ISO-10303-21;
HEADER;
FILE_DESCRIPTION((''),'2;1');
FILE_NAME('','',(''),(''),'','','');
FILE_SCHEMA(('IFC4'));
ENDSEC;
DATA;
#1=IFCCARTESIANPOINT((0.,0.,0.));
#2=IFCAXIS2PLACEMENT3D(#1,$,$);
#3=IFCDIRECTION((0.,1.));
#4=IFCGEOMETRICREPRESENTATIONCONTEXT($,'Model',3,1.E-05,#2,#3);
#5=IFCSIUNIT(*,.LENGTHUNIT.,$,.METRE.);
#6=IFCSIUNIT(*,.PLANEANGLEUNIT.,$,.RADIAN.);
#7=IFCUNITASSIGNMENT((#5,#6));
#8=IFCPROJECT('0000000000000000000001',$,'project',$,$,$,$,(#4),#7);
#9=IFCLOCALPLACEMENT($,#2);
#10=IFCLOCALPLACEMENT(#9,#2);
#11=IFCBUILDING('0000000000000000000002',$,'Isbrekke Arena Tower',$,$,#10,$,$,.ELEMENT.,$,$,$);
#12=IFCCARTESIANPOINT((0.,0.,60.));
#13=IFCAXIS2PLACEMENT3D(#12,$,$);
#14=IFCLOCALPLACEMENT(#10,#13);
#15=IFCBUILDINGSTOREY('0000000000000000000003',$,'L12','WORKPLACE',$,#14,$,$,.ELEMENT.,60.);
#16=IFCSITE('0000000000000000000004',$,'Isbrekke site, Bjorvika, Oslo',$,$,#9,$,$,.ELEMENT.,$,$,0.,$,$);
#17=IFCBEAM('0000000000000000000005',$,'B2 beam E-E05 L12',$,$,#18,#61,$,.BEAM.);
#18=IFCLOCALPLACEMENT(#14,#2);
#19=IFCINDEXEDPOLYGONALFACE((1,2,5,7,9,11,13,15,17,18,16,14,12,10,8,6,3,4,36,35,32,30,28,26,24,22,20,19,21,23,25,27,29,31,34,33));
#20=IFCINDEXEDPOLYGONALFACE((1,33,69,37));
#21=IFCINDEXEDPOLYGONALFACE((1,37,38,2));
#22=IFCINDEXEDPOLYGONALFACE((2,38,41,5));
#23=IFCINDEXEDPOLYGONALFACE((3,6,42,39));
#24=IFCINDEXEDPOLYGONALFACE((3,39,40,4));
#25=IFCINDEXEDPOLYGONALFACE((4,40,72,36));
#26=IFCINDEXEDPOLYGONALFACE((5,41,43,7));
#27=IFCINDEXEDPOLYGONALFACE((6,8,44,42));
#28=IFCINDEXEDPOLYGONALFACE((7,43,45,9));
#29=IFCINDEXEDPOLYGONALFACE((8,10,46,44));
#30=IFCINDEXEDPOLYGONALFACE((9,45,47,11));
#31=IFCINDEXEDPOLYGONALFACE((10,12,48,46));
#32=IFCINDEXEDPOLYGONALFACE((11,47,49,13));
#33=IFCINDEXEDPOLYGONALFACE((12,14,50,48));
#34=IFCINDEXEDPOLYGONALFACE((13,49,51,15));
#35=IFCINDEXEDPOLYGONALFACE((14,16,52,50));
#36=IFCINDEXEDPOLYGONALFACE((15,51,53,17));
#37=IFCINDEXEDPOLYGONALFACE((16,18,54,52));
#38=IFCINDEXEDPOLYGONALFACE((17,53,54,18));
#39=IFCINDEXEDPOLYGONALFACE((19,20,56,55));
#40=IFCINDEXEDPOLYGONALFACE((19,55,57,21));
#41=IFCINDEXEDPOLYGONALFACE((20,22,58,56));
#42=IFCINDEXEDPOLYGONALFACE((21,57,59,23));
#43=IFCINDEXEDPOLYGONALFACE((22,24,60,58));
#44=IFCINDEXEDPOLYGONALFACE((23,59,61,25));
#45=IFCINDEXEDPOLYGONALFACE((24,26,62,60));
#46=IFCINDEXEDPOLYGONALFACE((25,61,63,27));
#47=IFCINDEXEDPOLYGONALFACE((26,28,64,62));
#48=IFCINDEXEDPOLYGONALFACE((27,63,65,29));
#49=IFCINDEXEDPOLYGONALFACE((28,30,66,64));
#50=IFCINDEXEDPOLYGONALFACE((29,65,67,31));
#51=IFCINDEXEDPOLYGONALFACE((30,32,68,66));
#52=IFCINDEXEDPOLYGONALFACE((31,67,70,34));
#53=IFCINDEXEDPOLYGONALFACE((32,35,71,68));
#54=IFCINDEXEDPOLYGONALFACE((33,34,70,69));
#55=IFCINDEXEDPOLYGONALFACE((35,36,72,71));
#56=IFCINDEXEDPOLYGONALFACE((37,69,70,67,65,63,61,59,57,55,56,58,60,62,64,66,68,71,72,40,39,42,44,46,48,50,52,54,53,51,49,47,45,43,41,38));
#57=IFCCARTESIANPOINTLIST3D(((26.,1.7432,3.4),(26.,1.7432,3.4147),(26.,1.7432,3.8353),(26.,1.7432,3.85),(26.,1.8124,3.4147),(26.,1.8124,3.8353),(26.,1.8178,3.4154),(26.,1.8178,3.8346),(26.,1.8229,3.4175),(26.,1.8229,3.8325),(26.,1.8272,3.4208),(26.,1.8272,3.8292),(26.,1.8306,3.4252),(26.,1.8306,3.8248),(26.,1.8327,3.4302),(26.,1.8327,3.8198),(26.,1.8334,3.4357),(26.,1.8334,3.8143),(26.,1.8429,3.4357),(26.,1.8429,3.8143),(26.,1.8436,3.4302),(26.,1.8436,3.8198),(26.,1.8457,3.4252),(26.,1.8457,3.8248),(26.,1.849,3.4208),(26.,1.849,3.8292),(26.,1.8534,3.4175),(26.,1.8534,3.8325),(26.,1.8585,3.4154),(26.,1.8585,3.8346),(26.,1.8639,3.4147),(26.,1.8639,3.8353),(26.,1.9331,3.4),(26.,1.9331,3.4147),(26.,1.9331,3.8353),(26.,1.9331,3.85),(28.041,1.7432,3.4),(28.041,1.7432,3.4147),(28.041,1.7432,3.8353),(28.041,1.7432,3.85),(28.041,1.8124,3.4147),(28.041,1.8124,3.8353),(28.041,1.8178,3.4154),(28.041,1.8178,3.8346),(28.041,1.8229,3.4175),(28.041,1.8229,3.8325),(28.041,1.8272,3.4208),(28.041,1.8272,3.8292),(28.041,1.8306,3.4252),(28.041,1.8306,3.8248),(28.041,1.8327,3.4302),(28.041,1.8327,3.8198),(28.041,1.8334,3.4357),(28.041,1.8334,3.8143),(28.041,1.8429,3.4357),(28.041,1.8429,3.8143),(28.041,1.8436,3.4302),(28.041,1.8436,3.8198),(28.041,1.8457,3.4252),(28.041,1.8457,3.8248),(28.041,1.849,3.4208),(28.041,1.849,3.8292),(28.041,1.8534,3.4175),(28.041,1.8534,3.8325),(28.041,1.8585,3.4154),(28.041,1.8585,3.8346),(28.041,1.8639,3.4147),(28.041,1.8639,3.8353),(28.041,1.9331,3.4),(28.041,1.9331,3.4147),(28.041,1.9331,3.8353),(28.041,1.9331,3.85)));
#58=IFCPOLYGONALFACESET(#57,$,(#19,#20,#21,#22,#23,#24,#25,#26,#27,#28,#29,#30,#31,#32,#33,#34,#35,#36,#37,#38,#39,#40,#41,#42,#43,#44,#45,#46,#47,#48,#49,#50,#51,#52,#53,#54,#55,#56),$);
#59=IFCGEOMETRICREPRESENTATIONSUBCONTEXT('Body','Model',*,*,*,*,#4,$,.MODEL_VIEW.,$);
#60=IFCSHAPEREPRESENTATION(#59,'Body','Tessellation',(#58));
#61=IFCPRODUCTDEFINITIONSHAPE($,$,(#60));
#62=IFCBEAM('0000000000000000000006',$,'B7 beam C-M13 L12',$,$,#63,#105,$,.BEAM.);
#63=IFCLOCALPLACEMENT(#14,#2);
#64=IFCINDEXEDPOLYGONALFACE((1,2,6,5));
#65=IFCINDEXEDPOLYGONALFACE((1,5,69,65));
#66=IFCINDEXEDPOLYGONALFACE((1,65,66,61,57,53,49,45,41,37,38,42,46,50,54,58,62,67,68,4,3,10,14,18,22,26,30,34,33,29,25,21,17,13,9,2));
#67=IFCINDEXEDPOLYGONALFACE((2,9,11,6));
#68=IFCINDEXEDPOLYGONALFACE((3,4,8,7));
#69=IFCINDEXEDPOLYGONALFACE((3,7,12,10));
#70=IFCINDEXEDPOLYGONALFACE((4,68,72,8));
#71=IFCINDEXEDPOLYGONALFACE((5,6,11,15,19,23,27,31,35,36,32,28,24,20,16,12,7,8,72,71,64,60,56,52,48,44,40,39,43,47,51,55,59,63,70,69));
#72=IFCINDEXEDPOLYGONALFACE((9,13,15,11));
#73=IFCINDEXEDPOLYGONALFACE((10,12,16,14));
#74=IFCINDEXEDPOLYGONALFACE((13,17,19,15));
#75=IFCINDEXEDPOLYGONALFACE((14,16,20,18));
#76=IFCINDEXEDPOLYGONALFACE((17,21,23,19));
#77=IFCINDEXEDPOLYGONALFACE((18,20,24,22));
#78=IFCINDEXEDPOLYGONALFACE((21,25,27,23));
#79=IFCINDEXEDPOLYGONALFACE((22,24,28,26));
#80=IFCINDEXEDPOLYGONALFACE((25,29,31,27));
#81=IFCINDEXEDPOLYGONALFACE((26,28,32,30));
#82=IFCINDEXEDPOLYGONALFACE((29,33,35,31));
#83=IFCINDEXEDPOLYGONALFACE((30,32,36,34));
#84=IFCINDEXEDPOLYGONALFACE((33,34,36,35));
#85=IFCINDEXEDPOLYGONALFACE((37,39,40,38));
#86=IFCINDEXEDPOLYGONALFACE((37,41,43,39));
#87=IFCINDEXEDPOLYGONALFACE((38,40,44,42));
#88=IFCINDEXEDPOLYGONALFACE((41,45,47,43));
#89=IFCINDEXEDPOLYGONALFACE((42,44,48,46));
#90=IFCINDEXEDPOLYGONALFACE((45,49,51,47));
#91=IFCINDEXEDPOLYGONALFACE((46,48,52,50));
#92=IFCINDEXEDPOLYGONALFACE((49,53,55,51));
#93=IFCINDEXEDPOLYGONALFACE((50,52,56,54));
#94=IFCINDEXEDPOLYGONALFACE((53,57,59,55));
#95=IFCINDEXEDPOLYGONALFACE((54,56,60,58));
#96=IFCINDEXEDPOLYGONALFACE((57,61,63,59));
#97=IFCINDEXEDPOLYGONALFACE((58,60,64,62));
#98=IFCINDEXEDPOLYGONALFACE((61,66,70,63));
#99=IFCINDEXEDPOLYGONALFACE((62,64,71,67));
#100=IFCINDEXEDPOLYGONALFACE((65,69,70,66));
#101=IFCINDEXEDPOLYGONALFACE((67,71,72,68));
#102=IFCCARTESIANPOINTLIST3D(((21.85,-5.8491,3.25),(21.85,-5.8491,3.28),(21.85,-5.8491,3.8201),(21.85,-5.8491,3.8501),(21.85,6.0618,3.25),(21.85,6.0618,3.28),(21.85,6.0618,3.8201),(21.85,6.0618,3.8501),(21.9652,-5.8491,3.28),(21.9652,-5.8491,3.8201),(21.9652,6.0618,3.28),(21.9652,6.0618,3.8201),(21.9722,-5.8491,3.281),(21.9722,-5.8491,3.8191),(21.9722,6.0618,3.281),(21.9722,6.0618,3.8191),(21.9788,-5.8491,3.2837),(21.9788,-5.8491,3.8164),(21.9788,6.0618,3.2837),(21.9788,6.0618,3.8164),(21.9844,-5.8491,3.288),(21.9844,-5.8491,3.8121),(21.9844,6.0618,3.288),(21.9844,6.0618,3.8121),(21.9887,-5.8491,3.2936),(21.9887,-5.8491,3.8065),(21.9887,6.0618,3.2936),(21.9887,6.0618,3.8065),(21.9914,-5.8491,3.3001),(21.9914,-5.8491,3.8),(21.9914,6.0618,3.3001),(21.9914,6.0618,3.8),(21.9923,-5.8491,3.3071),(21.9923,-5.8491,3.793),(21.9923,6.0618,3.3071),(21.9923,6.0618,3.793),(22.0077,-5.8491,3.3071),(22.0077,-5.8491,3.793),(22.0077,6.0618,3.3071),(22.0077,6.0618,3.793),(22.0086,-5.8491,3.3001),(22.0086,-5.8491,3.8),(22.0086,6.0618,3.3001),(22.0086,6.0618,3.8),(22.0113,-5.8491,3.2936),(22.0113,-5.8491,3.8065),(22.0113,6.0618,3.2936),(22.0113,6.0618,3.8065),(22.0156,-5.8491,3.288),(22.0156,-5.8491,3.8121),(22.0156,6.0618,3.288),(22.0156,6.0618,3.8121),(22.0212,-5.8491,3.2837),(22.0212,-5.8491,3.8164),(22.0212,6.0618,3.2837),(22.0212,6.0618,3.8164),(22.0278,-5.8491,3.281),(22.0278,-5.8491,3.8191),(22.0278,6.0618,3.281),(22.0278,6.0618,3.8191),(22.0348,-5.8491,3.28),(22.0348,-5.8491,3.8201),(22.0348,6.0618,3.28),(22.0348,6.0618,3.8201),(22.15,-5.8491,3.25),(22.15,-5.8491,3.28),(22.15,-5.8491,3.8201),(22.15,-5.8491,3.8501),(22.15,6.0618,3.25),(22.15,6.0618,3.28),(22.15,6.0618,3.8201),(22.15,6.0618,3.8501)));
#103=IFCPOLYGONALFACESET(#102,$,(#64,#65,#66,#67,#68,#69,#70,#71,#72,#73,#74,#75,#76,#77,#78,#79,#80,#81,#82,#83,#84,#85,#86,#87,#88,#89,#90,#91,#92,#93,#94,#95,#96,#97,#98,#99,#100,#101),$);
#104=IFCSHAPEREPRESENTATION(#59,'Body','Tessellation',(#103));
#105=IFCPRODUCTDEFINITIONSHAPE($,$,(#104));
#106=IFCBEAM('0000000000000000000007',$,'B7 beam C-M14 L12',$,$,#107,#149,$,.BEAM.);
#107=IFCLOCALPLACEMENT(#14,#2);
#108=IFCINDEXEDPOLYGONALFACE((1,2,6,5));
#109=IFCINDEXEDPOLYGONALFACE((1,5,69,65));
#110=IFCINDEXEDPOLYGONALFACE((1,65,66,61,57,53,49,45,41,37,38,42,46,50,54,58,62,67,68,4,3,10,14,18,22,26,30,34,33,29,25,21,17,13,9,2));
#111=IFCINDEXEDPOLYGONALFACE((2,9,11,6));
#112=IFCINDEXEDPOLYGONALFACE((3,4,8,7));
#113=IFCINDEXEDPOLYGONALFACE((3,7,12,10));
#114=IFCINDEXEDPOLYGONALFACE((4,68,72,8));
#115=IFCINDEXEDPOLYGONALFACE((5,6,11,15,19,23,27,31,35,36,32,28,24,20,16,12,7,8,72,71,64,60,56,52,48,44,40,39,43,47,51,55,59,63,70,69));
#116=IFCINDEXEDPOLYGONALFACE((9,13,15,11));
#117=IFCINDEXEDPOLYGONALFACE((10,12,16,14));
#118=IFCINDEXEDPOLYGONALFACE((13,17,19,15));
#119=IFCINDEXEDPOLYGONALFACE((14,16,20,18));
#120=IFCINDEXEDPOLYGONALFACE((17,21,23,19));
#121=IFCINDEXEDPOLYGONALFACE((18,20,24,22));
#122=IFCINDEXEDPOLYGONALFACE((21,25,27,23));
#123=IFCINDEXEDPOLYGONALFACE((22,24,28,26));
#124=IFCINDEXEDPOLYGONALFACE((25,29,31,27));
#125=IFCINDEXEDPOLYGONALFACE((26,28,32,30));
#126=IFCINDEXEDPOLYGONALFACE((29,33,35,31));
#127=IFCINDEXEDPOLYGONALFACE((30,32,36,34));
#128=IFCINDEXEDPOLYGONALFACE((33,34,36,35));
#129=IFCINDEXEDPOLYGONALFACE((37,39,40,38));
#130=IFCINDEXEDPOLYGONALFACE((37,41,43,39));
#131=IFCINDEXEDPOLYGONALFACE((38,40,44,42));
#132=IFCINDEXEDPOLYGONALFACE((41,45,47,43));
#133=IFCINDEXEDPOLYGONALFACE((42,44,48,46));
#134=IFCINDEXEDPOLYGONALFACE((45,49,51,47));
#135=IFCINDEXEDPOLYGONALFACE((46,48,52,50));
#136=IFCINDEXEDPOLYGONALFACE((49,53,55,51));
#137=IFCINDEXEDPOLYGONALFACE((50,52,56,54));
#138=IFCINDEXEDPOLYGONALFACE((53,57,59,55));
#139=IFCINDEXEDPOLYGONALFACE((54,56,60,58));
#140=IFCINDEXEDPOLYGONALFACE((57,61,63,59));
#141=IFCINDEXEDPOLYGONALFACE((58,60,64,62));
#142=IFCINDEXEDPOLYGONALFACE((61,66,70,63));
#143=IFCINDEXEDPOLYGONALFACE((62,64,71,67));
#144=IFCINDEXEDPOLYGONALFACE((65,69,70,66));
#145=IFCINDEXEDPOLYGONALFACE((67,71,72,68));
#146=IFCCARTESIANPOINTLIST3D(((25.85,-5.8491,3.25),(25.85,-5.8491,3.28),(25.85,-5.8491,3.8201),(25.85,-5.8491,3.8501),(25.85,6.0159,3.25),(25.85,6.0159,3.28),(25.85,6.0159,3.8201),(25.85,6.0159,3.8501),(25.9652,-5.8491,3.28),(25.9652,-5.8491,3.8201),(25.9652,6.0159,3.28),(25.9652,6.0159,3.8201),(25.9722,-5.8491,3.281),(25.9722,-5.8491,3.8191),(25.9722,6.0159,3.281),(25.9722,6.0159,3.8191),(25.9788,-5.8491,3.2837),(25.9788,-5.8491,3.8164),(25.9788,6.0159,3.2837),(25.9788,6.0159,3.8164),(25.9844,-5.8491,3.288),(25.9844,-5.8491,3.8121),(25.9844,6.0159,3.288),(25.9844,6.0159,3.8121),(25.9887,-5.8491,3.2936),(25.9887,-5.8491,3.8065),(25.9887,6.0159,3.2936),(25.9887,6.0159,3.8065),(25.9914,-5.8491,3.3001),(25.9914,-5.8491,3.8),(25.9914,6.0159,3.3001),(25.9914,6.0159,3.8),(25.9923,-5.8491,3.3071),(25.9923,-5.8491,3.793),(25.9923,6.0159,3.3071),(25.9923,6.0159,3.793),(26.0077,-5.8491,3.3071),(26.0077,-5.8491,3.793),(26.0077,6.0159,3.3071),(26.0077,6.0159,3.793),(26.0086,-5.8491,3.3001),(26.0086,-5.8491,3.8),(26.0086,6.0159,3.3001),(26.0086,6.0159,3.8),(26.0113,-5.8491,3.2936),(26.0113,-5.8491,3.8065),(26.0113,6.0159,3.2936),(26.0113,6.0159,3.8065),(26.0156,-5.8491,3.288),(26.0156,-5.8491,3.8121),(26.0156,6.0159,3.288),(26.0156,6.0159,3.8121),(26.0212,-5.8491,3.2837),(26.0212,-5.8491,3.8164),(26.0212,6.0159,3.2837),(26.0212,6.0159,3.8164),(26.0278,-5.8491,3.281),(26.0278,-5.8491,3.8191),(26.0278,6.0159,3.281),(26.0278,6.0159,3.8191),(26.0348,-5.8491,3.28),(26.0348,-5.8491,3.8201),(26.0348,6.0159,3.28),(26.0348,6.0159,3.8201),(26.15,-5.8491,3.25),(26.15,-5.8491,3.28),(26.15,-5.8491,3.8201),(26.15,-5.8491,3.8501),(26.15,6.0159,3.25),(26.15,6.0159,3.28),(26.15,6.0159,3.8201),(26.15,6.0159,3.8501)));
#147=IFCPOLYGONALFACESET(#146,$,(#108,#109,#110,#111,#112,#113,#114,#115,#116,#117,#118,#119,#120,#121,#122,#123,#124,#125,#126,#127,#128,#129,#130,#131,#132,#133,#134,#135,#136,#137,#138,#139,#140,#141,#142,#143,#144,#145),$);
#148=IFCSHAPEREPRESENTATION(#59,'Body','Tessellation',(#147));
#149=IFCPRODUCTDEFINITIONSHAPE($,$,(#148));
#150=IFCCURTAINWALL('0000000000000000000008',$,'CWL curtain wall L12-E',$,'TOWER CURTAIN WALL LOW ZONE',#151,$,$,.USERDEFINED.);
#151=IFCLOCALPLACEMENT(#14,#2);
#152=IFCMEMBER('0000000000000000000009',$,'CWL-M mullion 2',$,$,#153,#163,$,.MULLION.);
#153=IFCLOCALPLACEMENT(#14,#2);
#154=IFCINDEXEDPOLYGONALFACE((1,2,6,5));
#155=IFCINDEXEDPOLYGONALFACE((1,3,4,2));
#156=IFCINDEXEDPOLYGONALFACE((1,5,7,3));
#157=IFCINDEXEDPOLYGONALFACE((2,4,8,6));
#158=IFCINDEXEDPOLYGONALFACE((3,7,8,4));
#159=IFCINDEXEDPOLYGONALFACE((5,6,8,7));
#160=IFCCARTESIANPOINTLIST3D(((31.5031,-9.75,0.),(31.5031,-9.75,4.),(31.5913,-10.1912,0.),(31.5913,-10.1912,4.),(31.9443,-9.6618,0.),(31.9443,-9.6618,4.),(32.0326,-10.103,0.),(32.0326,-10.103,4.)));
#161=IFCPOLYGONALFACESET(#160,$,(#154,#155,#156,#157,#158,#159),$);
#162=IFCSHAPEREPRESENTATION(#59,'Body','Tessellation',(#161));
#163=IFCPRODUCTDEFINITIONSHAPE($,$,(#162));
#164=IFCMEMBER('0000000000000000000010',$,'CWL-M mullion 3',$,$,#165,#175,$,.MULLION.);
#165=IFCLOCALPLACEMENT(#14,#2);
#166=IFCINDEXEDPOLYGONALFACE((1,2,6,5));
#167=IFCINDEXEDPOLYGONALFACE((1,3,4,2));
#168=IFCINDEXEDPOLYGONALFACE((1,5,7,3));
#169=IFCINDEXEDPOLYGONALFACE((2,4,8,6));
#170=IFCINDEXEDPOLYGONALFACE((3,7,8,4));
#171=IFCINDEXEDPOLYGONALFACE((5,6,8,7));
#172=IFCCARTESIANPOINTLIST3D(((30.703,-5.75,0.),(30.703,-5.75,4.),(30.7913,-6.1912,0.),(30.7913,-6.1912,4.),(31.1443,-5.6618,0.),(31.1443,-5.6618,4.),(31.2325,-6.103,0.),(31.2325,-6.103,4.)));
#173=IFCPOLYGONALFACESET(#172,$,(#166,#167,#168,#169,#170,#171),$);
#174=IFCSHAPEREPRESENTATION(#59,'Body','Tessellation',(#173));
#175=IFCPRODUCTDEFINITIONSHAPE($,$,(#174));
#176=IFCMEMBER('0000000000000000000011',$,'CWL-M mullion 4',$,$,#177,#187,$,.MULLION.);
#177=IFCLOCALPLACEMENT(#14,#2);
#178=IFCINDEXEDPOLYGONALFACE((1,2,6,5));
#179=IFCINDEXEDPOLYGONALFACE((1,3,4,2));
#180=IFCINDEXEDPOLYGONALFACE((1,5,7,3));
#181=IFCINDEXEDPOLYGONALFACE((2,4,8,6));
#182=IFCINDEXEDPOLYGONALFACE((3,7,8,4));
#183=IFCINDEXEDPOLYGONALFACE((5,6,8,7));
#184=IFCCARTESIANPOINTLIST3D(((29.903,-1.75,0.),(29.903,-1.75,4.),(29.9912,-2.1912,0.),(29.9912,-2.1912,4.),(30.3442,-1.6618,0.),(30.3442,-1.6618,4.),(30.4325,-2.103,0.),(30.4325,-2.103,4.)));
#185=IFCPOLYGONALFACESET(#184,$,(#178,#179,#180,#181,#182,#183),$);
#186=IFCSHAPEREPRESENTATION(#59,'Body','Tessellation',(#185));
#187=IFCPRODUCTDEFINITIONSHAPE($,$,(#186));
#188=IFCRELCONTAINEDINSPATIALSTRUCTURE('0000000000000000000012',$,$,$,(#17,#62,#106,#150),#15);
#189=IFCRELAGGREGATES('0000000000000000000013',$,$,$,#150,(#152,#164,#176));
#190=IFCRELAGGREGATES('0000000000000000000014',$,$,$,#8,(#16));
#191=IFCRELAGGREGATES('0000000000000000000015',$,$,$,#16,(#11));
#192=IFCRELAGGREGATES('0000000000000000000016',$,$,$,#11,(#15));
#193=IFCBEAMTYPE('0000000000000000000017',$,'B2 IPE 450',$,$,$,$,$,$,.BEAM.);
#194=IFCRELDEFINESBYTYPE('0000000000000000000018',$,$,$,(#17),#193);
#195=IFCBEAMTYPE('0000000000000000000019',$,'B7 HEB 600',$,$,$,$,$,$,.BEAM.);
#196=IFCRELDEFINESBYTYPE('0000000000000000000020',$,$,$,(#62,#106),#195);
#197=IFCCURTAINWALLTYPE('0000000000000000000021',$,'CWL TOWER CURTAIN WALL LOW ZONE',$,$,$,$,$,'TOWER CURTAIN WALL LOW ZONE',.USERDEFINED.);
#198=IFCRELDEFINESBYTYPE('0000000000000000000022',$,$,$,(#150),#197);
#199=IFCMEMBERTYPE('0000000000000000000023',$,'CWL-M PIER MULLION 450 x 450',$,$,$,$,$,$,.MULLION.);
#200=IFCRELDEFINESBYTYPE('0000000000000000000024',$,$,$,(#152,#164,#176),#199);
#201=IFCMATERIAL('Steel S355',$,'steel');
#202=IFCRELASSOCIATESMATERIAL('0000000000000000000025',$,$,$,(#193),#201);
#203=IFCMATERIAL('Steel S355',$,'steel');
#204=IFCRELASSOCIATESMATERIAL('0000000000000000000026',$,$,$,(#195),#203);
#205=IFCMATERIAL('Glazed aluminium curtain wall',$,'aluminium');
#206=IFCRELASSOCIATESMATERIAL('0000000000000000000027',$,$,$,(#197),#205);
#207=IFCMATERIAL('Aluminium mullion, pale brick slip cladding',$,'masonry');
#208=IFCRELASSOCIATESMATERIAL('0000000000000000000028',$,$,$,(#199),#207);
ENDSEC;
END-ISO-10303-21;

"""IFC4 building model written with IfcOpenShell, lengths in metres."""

from ifc_helpers import new_model, si_unit, direction, frame, origin, origin_2d, place, context, subcontext, project, spatial, rectangle, i_section, extrude, material, material_profile, profile_set, type_object, element, aggregate, save


model = new_model("IFC4")

# Units and contexts
model_context = context("Model", 3, precision=1e-05, world=origin(), true_north=direction((0.0, 1.0)))
body_context = subcontext(model_context, "Body", "Model", "MODEL_VIEW")
ifc_project = project(units=[si_unit("LENGTHUNIT", "METRE"), si_unit("PLANEANGLEUNIT", "RADIAN")], contexts=[model_context])

# Site, building, storey
site_placement = place(None, origin())
site = spatial("IfcSite", under=ifc_project, at=site_placement, Name="Isbrekke site, Bjorvika, Oslo", CompositionType="ELEMENT", RefElevation=0.0)
building_placement = place(site_placement, origin())
building = spatial("IfcBuilding", under=site, at=building_placement, Name="Isbrekke Arena Tower", CompositionType="ELEMENT")
storey_placement = place(building_placement, frame((0.0, 0.0, 60.0)))
storey = spatial("IfcBuildingStorey", under=building, at=storey_placement, Name="L12", Description="WORKPLACE", CompositionType="ELEMENT", Elevation=60.0)

# Beams
ifc_material_1 = material(Name="Steel S355", Category="steel")
ifc_material_profile_1 = material_profile(ifc_material_1, i_section(OverallWidth=0.1899, OverallDepth=0.45, WebThickness=0.0095, FlangeThickness=0.0146, FilletRadius=0.021, at=origin_2d()), Name="IPE 450")
ifc_profile_set_1 = profile_set([ifc_material_profile_1], Name="Steel S355")
beam_type_1 = type_object("IfcBeamType", Name="B2 IPE 450", PredefinedType="BEAM", material=ifc_profile_set_1)
beam_1_placement = place(storey_placement, frame((28.041, 1.8381, 3.625), z_axis=(-1.0, 0.0, 0.0), x_axis=(0.0, -1.0, 0.0)))
element("IfcBeam", 1, at=beam_1_placement, inside=storey, type_object=beam_type_1, Name="B2 beam E-E05 L12", PredefinedType="BEAM", context=body_context, shape_type="SweptSolid", body=[
    extrude(i_section(OverallWidth=0.1899, OverallDepth=0.45, WebThickness=0.0095, FlangeThickness=0.0146, FilletRadius=0.021, at=origin_2d()), origin(), (0.0, 0.0, 1.0), 2.041),
])
ifc_material_2 = material(Name="Steel S355", Category="steel")
ifc_material_profile_2 = material_profile(ifc_material_2, i_section(OverallWidth=0.3, OverallDepth=0.6001, WebThickness=0.0154, FlangeThickness=0.03, FilletRadius=0.0271, at=origin_2d()), Name="HEB 600")
ifc_profile_set_2 = profile_set([ifc_material_profile_2], Name="Steel S355")
beam_type_2 = type_object("IfcBeamType", Name="B7 HEB 600", PredefinedType="BEAM", material=ifc_profile_set_2)
beam_2_placement = place(storey_placement, frame((22.0, -5.8491, 3.55), z_axis=(0.0, 1.0, 0.0), x_axis=(-1.0, 0.0, 0.0)))
element("IfcBeam", 2, at=beam_2_placement, inside=storey, type_object=beam_type_2, Name="B7 beam C-M13 L12", PredefinedType="BEAM", context=body_context, shape_type="SweptSolid", body=[
    extrude(i_section(OverallWidth=0.3, OverallDepth=0.6001, WebThickness=0.0154, FlangeThickness=0.03, FilletRadius=0.0271, at=origin_2d()), origin(), (0.0, 0.0, 1.0), 11.9109),
])
beam_3_placement = place(storey_placement, frame((26.0, -5.8491, 3.55), z_axis=(0.0, 1.0, 0.0), x_axis=(-1.0, 0.0, 0.0)))
element("IfcBeam", 3, at=beam_3_placement, inside=storey, type_object=beam_type_2, Name="B7 beam C-M14 L12", PredefinedType="BEAM", context=body_context, shape_type="SweptSolid", body=[
    extrude(i_section(OverallWidth=0.3, OverallDepth=0.6001, WebThickness=0.0154, FlangeThickness=0.03, FilletRadius=0.0271, at=origin_2d()), origin(), (0.0, 0.0, 1.0), 11.865),
])

# Curtain wall, members
ifc_material_3 = material(Name="Glazed aluminium curtain wall", Category="aluminium")
curtain_wall_type = type_object("IfcCurtainWallType", Name="CWL TOWER CURTAIN WALL LOW ZONE", ElementType="TOWER CURTAIN WALL LOW ZONE", PredefinedType="USERDEFINED", material=ifc_material_3)
curtain_wall_placement = place(storey_placement, origin())
curtain_wall = element("IfcCurtainWall", 4, at=curtain_wall_placement, inside=storey, type_object=curtain_wall_type, Name="CWL curtain wall L12-E", ObjectType="TOWER CURTAIN WALL LOW ZONE", PredefinedType="USERDEFINED")
ifc_material_4 = material(Name="Aluminium mullion, pale brick slip cladding", Category="masonry")
ifc_material_profile_3 = material_profile(ifc_material_4, rectangle(XDim=0.45, YDim=0.45, at=origin_2d()), Name="PIER 450X450")
ifc_profile_set_3 = profile_set([ifc_material_profile_3], Name="Aluminium mullion, pale brick slip cladding")
member_type_1 = type_object("IfcMemberType", Name="CWL-M PIER MULLION 450 x 450", PredefinedType="MULLION", material=ifc_profile_set_3)
member_1_placement = place(storey_placement, frame((31.7678, -9.9265, 0.0), z_axis=(0.0, 0.0, 1.0), x_axis=(-0.196116, 0.980581, 0.0)))
member_1 = element("IfcMember", 5, at=member_1_placement, type_object=member_type_1, Name="CWL-M mullion 2", PredefinedType="MULLION", context=body_context, shape_type="SweptSolid", body=[
    extrude(rectangle(XDim=0.45, YDim=0.45, at=origin_2d()), origin(), (0.0, 0.0, 1.0), 4.0),
])
member_2_placement = place(storey_placement, frame((30.9678, -5.9265, 0.0), z_axis=(0.0, 0.0, 1.0), x_axis=(-0.196116, 0.980581, 0.0)))
member_2 = element("IfcMember", 6, at=member_2_placement, type_object=member_type_1, Name="CWL-M mullion 3", PredefinedType="MULLION", context=body_context, shape_type="SweptSolid", body=[
    extrude(rectangle(XDim=0.45, YDim=0.45, at=origin_2d()), origin(), (0.0, 0.0, 1.0), 4.0),
])
member_3_placement = place(storey_placement, frame((30.1677, -1.9265, 0.0), z_axis=(0.0, 0.0, 1.0), x_axis=(-0.196116, 0.980581, 0.0)))
member_3 = element("IfcMember", 7, at=member_3_placement, type_object=member_type_1, Name="CWL-M mullion 4", PredefinedType="MULLION", context=body_context, shape_type="SweptSolid", body=[
    extrude(rectangle(XDim=0.45, YDim=0.45, at=origin_2d()), origin(), (0.0, 0.0, 1.0), 4.0),
])

aggregate(curtain_wall, [member_1, member_2, member_3])

save(model, "model.ifc")
